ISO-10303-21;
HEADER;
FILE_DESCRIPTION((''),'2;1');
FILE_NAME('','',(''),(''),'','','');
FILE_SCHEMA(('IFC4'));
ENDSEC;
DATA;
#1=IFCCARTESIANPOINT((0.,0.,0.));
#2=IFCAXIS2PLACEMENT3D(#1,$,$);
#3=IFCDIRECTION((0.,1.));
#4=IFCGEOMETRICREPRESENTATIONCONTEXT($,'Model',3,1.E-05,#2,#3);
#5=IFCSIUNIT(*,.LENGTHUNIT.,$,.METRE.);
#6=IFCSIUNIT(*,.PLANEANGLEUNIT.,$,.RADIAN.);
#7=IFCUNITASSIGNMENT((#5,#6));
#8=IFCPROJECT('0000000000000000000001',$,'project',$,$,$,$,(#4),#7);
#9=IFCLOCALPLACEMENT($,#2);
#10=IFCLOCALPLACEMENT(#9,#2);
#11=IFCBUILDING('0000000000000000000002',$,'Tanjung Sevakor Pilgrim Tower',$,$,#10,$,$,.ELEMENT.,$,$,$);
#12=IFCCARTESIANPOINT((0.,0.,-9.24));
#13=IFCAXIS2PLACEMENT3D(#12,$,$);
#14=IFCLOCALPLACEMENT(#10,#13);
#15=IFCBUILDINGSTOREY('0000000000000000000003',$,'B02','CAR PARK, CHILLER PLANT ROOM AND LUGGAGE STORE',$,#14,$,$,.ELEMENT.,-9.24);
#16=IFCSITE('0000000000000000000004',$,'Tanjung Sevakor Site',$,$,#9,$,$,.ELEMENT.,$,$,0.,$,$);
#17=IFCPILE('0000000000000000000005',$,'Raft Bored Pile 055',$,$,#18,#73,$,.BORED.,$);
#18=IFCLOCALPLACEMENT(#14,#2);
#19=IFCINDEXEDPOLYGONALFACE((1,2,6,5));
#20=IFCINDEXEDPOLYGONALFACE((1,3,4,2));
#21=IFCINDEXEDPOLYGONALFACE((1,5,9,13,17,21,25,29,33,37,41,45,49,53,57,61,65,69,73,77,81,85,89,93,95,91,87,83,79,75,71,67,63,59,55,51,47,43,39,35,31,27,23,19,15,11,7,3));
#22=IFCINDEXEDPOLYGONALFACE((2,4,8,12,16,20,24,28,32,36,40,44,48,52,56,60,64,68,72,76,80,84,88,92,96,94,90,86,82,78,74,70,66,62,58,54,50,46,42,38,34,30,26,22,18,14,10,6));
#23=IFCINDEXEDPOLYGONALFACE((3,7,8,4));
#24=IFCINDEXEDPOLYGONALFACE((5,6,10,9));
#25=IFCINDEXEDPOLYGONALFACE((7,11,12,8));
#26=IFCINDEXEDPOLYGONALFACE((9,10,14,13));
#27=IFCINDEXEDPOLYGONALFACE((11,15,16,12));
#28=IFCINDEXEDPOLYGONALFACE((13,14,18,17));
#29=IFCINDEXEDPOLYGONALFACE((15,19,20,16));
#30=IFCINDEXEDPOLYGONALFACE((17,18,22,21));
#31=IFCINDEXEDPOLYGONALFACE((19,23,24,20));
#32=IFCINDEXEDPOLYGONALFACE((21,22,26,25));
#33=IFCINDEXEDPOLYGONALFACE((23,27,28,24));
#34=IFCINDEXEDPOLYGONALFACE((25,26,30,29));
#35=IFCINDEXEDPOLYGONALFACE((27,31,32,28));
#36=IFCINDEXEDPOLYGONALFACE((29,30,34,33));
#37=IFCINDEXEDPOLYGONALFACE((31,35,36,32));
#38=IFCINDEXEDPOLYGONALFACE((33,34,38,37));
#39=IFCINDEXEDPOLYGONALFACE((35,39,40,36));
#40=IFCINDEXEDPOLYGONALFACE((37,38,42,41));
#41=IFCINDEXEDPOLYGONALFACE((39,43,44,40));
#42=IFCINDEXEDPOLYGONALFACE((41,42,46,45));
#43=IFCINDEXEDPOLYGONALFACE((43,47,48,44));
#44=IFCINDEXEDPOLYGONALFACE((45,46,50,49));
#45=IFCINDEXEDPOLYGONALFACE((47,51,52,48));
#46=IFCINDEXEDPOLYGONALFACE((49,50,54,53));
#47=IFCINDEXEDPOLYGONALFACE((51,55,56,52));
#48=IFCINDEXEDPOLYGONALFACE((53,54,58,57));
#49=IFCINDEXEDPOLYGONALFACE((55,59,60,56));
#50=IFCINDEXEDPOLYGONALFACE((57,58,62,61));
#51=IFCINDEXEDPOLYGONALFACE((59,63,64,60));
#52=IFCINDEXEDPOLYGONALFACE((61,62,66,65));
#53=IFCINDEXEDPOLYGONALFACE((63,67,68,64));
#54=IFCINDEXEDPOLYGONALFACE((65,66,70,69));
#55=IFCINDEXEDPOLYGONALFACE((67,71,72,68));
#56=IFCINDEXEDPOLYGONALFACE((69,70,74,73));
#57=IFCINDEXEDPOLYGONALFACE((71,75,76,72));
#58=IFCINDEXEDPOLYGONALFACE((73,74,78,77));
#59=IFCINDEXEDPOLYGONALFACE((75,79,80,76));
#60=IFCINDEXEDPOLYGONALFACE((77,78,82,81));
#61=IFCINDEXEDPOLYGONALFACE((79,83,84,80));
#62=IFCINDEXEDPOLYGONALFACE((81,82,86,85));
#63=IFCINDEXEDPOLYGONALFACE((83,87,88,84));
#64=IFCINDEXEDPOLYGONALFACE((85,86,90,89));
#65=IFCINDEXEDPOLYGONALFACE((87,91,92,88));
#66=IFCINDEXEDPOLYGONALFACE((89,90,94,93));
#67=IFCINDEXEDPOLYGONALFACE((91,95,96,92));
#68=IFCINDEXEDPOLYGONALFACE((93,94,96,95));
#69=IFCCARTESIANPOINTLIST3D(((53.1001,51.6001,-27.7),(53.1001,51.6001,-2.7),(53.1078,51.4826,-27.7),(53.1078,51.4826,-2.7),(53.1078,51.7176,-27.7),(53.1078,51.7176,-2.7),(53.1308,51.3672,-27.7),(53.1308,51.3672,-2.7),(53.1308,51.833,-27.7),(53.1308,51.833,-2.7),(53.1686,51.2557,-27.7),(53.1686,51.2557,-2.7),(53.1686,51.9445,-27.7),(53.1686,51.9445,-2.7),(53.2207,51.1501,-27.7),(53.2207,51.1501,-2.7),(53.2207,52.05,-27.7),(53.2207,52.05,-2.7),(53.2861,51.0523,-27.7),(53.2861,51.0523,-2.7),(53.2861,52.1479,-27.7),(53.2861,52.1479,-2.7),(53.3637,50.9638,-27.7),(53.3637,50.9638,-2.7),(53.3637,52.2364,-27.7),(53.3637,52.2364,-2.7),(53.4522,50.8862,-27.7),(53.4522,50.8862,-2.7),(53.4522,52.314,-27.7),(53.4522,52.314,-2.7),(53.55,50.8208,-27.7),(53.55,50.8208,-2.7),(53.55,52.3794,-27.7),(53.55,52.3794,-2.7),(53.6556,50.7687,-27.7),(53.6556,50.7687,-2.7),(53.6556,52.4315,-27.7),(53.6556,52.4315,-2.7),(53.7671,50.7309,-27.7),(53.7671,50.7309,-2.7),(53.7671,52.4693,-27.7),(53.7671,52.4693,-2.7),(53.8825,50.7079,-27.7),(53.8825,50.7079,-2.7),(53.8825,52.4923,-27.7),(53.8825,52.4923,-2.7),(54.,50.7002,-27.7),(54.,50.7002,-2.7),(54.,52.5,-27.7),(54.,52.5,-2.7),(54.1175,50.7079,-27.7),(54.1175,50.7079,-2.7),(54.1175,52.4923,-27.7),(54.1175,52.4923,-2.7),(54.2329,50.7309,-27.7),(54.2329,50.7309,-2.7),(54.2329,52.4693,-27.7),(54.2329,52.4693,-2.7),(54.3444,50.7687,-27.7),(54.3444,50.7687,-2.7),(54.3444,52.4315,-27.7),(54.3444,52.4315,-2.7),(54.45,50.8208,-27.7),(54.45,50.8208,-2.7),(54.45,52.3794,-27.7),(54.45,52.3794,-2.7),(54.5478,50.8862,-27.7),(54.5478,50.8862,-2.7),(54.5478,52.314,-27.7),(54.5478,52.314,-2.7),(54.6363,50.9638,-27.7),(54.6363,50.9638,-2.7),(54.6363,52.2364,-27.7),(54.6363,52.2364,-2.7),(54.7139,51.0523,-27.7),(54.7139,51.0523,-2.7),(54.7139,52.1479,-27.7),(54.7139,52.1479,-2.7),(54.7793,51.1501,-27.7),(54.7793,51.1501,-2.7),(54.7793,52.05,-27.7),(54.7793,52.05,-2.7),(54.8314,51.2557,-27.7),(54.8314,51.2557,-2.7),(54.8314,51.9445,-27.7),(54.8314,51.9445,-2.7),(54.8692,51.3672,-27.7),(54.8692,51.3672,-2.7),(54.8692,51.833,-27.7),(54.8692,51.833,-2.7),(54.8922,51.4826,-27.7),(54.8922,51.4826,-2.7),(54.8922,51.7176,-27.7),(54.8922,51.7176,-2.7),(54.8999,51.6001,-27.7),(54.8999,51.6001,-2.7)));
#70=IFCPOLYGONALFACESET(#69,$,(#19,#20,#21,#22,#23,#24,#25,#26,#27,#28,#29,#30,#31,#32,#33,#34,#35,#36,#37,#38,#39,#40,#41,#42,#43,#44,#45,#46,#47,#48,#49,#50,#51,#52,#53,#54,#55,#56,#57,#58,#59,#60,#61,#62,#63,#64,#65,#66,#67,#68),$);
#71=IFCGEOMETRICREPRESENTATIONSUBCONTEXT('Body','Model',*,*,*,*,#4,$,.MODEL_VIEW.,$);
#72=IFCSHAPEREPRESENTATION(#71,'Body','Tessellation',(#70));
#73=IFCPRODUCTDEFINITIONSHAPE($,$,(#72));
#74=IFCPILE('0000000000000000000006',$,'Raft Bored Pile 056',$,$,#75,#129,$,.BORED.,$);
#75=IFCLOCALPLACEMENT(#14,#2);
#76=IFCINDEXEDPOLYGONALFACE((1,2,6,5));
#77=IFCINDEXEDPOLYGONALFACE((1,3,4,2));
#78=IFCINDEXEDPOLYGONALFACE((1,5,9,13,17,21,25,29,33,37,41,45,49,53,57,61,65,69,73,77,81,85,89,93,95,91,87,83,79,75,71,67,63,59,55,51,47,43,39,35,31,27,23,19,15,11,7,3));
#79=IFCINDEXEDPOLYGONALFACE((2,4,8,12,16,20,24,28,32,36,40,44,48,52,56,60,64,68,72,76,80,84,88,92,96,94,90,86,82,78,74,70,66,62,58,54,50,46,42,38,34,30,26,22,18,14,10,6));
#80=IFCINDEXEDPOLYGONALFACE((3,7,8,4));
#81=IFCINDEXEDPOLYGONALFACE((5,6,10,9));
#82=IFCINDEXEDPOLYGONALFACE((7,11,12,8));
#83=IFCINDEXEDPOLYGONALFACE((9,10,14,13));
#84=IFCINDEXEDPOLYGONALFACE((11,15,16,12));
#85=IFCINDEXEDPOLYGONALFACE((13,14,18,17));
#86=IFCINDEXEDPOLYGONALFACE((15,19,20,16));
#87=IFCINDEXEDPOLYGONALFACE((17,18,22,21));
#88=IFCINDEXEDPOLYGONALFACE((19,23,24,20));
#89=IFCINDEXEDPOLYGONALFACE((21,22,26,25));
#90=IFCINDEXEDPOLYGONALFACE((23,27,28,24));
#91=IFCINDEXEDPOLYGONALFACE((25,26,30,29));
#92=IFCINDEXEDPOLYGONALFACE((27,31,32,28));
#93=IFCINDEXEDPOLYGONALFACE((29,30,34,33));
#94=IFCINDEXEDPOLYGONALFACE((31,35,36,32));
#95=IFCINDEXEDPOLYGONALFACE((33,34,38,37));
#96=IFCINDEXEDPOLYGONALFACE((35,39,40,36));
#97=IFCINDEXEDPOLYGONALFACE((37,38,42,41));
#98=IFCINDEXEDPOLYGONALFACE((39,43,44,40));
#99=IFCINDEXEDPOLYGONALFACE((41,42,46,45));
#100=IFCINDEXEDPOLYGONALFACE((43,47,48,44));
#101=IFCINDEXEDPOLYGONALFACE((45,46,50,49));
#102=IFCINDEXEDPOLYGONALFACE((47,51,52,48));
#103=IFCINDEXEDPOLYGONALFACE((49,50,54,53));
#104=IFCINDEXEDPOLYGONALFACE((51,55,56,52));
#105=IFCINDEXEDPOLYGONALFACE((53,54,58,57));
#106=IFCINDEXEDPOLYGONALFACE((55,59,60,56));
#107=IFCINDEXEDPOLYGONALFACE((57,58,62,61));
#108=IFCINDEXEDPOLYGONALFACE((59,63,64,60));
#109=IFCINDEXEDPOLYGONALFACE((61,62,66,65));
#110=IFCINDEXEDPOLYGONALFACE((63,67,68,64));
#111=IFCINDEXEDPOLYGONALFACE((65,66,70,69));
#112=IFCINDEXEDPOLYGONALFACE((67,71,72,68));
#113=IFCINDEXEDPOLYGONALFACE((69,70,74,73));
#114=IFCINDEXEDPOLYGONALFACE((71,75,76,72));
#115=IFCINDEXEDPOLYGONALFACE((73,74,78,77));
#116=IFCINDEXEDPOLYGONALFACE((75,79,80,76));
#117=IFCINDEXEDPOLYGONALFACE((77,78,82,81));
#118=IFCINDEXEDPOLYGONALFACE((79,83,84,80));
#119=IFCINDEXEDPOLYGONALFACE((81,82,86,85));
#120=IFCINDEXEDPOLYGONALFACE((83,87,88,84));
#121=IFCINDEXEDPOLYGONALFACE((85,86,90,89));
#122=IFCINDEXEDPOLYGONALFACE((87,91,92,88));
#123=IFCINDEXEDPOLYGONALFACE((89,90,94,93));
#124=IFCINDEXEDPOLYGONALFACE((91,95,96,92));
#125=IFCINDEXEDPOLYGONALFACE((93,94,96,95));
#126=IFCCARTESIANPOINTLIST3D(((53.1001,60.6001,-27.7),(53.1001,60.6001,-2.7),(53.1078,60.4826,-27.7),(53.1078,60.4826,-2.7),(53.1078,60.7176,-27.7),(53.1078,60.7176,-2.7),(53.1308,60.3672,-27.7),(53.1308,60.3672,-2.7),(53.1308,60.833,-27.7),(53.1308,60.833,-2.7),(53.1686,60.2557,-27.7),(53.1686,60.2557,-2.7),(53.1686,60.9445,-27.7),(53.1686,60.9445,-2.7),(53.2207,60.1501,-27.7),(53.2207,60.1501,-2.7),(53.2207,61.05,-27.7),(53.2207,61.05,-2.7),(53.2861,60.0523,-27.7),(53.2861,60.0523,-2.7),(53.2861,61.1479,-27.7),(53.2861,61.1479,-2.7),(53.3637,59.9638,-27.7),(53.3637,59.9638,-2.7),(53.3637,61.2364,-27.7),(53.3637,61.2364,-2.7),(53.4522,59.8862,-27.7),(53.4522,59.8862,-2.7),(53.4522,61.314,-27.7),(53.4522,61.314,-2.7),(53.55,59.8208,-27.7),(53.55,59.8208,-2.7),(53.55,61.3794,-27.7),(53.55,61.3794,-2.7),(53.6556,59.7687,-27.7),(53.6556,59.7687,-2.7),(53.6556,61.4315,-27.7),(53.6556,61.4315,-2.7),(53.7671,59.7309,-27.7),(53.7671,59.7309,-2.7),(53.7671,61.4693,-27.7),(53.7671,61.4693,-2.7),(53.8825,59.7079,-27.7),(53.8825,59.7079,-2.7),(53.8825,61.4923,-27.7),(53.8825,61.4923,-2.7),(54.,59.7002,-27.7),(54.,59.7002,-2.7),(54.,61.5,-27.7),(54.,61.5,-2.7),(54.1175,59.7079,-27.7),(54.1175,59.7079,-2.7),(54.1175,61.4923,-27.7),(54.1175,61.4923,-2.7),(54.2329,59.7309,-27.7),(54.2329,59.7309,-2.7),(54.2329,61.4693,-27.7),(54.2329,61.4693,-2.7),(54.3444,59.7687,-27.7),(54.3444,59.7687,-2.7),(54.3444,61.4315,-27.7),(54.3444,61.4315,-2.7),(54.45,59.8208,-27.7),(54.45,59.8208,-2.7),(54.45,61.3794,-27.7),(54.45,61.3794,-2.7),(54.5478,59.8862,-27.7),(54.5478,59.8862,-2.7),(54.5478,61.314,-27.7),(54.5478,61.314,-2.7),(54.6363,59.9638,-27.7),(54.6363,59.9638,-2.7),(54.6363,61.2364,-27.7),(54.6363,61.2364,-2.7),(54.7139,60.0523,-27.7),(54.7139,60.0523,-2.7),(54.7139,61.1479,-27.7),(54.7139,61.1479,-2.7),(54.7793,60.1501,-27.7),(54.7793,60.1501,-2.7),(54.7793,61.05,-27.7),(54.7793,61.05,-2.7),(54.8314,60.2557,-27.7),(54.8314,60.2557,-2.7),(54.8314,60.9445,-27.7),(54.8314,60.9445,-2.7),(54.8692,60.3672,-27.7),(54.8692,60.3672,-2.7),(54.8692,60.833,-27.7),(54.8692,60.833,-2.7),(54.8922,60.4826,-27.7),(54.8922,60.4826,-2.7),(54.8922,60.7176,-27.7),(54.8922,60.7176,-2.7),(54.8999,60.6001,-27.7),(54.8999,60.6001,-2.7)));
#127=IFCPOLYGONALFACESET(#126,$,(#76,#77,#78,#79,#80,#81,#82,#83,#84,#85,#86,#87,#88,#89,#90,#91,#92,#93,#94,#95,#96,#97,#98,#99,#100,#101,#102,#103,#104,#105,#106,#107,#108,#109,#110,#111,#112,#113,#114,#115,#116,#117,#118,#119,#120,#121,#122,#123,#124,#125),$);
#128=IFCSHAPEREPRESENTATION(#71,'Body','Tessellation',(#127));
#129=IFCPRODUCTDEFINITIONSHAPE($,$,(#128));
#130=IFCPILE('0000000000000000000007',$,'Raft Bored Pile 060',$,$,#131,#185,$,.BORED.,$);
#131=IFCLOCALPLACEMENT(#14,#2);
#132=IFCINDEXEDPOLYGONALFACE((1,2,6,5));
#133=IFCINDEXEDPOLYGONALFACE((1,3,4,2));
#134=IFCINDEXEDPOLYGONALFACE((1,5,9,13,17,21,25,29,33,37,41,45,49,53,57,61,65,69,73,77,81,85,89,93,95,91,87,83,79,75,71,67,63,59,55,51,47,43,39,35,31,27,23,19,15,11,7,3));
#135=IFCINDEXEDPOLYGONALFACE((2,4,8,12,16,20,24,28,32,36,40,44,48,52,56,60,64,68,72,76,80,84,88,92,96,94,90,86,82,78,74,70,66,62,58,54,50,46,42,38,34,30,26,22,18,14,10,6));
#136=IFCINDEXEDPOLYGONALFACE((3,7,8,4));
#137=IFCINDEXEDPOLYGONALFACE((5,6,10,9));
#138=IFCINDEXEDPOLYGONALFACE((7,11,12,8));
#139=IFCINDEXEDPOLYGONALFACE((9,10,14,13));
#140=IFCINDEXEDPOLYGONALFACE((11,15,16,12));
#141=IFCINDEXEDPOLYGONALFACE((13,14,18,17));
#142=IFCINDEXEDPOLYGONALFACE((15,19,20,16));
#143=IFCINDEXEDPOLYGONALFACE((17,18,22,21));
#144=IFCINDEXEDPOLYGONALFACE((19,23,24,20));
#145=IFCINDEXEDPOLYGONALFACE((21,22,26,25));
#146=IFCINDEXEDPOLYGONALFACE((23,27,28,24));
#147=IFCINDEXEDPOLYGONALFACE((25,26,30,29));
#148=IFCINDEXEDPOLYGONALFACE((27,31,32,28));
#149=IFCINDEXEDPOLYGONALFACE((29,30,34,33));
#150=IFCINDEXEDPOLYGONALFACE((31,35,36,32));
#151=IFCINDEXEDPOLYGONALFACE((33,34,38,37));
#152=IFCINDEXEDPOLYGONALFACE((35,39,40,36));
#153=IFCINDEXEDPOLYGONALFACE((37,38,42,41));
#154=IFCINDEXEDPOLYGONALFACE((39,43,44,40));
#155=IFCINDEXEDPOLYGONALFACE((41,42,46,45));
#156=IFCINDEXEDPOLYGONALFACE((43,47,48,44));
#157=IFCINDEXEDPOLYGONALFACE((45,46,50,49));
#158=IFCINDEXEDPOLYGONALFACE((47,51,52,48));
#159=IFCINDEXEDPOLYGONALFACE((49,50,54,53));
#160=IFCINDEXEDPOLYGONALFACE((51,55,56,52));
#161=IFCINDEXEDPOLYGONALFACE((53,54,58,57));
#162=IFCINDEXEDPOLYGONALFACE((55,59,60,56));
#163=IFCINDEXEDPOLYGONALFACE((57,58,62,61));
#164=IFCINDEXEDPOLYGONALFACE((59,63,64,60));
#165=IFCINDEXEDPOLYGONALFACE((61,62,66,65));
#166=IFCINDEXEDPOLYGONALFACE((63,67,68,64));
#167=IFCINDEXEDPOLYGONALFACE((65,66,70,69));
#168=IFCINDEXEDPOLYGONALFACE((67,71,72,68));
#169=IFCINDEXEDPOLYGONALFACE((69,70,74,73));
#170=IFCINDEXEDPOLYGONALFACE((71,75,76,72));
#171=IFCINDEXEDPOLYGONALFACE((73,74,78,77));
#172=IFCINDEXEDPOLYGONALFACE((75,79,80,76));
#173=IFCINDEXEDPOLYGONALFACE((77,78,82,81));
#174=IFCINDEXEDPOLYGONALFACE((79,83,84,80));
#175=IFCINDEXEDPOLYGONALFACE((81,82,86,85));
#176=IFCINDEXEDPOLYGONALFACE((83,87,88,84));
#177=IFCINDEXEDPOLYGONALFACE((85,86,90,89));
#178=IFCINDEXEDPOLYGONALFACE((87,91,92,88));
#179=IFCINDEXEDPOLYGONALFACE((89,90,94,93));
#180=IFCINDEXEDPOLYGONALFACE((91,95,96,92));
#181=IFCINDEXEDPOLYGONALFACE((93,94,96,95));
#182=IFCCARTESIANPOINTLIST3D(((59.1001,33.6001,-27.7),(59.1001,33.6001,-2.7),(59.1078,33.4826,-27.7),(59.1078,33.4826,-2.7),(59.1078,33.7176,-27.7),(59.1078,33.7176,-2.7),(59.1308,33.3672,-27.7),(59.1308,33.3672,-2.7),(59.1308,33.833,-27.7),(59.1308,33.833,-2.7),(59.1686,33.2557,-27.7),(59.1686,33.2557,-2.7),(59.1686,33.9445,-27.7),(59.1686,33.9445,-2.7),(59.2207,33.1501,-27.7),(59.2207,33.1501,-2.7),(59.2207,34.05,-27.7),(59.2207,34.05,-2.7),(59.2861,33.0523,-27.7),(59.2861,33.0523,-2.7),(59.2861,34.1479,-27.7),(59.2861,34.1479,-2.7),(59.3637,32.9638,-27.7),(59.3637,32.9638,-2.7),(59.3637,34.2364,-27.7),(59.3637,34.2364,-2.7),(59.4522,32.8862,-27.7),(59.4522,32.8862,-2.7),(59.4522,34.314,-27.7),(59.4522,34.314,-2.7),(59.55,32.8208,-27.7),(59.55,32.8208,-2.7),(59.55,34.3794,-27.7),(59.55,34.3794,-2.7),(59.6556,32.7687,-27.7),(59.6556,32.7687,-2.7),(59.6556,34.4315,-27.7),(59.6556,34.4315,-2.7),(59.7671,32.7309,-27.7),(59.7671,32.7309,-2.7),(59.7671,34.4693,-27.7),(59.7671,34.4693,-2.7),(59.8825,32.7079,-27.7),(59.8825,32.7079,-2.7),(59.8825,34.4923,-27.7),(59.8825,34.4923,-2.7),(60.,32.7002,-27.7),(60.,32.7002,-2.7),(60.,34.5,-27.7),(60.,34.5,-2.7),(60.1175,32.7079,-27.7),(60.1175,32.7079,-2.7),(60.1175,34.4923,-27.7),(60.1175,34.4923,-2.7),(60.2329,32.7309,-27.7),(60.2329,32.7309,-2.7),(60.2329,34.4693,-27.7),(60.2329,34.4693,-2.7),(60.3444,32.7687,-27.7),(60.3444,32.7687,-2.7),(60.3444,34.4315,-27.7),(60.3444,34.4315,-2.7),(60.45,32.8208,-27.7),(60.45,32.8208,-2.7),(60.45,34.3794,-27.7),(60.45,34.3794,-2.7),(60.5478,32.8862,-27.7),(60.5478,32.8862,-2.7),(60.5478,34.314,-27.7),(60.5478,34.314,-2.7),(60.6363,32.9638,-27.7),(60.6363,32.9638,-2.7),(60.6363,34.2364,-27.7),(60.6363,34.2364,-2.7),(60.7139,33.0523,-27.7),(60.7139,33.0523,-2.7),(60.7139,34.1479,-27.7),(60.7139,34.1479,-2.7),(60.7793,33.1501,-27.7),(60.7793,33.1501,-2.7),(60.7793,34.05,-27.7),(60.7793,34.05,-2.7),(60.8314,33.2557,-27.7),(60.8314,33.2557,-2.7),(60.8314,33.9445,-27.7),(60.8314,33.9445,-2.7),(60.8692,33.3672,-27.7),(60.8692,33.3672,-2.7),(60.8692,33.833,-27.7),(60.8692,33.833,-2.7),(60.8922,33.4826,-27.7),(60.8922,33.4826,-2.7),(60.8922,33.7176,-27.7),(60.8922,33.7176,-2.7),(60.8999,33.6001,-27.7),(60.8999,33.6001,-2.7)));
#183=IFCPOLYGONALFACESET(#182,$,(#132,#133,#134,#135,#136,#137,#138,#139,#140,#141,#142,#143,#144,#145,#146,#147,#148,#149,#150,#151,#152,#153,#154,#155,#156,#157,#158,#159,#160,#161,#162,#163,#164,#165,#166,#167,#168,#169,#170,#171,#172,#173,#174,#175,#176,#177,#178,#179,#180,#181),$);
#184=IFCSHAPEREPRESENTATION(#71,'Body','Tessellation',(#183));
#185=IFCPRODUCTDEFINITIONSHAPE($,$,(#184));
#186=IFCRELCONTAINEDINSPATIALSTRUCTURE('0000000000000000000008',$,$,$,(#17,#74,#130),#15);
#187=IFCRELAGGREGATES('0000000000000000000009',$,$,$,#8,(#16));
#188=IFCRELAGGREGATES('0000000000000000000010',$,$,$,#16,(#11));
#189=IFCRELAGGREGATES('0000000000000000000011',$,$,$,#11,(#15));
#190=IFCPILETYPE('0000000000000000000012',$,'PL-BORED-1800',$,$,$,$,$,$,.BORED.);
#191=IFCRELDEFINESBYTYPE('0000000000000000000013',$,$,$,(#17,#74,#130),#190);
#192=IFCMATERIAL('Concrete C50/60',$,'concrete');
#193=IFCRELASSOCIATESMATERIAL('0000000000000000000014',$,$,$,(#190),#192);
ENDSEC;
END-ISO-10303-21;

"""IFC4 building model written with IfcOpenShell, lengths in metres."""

from ifc_helpers import new_model, si_unit, direction, frame, origin, origin_2d, place, context, subcontext, project, spatial, circle, extrude, material, material_profile, profile_set, type_object, element, save


model = new_model("IFC4")

# Units and contexts
model_context = context("Model", 3, precision=1e-05, world=origin(), true_north=direction((0.0, 1.0)))
body_context = subcontext(model_context, "Body", "Model", "MODEL_VIEW")
ifc_project = project(units=[si_unit("LENGTHUNIT", "METRE"), si_unit("PLANEANGLEUNIT", "RADIAN")], contexts=[model_context])

# Site, building, storey
site_placement = place(None, origin())
site = spatial("IfcSite", under=ifc_project, at=site_placement, Name="Tanjung Sevakor Site", CompositionType="ELEMENT", RefElevation=0.0)
building_placement = place(site_placement, origin())
building = spatial("IfcBuilding", under=site, at=building_placement, Name="Tanjung Sevakor Pilgrim Tower", CompositionType="ELEMENT")
storey_placement = place(building_placement, frame((0.0, 0.0, -9.24)))
storey = spatial("IfcBuildingStorey", under=building, at=storey_placement, Name="B02", Description="CAR PARK, CHILLER PLANT ROOM AND LUGGAGE STORE", CompositionType="ELEMENT", Elevation=-9.24)

# Piles
ifc_material_1 = material(Name="Concrete C50/60", Category="concrete")
ifc_material_profile_1 = material_profile(ifc_material_1, circle(Radius=0.8999, at=origin_2d()))
ifc_profile_set_1 = profile_set([ifc_material_profile_1], Name="Concrete C50/60")
pile_type = type_object("IfcPileType", Name="PL-BORED-1800", PredefinedType="BORED", material=ifc_profile_set_1)
for number, where, z_axis, x_axis, name in (
    (1, (54.0, 51.6001, -2.7), (0.0, 0.0, -1.0), (1.0, 0.0, 0.0), "Raft Bored Pile 055"),
    (2, (54.0, 60.6001, -2.7), (0.0, 0.0, -1.0), (1.0, 0.0, 0.0), "Raft Bored Pile 056"),
    (3, (60.0, 33.6001, -2.7), (0.0, 0.0, -1.0), (1.0, 0.0, 0.0), "Raft Bored Pile 060"),
):
    element("IfcPile", number, at=place(storey_placement, frame(where, z_axis=z_axis, x_axis=x_axis)), inside=storey, type_object=pile_type, Name=name, PredefinedType="BORED", context=body_context, shape_type="SweptSolid", body=[
        extrude(circle(Radius=0.8999, at=origin_2d()), origin(), (0.0, 0.0, 1.0), 25.0),
    ])

save(model, "model.ifc")
